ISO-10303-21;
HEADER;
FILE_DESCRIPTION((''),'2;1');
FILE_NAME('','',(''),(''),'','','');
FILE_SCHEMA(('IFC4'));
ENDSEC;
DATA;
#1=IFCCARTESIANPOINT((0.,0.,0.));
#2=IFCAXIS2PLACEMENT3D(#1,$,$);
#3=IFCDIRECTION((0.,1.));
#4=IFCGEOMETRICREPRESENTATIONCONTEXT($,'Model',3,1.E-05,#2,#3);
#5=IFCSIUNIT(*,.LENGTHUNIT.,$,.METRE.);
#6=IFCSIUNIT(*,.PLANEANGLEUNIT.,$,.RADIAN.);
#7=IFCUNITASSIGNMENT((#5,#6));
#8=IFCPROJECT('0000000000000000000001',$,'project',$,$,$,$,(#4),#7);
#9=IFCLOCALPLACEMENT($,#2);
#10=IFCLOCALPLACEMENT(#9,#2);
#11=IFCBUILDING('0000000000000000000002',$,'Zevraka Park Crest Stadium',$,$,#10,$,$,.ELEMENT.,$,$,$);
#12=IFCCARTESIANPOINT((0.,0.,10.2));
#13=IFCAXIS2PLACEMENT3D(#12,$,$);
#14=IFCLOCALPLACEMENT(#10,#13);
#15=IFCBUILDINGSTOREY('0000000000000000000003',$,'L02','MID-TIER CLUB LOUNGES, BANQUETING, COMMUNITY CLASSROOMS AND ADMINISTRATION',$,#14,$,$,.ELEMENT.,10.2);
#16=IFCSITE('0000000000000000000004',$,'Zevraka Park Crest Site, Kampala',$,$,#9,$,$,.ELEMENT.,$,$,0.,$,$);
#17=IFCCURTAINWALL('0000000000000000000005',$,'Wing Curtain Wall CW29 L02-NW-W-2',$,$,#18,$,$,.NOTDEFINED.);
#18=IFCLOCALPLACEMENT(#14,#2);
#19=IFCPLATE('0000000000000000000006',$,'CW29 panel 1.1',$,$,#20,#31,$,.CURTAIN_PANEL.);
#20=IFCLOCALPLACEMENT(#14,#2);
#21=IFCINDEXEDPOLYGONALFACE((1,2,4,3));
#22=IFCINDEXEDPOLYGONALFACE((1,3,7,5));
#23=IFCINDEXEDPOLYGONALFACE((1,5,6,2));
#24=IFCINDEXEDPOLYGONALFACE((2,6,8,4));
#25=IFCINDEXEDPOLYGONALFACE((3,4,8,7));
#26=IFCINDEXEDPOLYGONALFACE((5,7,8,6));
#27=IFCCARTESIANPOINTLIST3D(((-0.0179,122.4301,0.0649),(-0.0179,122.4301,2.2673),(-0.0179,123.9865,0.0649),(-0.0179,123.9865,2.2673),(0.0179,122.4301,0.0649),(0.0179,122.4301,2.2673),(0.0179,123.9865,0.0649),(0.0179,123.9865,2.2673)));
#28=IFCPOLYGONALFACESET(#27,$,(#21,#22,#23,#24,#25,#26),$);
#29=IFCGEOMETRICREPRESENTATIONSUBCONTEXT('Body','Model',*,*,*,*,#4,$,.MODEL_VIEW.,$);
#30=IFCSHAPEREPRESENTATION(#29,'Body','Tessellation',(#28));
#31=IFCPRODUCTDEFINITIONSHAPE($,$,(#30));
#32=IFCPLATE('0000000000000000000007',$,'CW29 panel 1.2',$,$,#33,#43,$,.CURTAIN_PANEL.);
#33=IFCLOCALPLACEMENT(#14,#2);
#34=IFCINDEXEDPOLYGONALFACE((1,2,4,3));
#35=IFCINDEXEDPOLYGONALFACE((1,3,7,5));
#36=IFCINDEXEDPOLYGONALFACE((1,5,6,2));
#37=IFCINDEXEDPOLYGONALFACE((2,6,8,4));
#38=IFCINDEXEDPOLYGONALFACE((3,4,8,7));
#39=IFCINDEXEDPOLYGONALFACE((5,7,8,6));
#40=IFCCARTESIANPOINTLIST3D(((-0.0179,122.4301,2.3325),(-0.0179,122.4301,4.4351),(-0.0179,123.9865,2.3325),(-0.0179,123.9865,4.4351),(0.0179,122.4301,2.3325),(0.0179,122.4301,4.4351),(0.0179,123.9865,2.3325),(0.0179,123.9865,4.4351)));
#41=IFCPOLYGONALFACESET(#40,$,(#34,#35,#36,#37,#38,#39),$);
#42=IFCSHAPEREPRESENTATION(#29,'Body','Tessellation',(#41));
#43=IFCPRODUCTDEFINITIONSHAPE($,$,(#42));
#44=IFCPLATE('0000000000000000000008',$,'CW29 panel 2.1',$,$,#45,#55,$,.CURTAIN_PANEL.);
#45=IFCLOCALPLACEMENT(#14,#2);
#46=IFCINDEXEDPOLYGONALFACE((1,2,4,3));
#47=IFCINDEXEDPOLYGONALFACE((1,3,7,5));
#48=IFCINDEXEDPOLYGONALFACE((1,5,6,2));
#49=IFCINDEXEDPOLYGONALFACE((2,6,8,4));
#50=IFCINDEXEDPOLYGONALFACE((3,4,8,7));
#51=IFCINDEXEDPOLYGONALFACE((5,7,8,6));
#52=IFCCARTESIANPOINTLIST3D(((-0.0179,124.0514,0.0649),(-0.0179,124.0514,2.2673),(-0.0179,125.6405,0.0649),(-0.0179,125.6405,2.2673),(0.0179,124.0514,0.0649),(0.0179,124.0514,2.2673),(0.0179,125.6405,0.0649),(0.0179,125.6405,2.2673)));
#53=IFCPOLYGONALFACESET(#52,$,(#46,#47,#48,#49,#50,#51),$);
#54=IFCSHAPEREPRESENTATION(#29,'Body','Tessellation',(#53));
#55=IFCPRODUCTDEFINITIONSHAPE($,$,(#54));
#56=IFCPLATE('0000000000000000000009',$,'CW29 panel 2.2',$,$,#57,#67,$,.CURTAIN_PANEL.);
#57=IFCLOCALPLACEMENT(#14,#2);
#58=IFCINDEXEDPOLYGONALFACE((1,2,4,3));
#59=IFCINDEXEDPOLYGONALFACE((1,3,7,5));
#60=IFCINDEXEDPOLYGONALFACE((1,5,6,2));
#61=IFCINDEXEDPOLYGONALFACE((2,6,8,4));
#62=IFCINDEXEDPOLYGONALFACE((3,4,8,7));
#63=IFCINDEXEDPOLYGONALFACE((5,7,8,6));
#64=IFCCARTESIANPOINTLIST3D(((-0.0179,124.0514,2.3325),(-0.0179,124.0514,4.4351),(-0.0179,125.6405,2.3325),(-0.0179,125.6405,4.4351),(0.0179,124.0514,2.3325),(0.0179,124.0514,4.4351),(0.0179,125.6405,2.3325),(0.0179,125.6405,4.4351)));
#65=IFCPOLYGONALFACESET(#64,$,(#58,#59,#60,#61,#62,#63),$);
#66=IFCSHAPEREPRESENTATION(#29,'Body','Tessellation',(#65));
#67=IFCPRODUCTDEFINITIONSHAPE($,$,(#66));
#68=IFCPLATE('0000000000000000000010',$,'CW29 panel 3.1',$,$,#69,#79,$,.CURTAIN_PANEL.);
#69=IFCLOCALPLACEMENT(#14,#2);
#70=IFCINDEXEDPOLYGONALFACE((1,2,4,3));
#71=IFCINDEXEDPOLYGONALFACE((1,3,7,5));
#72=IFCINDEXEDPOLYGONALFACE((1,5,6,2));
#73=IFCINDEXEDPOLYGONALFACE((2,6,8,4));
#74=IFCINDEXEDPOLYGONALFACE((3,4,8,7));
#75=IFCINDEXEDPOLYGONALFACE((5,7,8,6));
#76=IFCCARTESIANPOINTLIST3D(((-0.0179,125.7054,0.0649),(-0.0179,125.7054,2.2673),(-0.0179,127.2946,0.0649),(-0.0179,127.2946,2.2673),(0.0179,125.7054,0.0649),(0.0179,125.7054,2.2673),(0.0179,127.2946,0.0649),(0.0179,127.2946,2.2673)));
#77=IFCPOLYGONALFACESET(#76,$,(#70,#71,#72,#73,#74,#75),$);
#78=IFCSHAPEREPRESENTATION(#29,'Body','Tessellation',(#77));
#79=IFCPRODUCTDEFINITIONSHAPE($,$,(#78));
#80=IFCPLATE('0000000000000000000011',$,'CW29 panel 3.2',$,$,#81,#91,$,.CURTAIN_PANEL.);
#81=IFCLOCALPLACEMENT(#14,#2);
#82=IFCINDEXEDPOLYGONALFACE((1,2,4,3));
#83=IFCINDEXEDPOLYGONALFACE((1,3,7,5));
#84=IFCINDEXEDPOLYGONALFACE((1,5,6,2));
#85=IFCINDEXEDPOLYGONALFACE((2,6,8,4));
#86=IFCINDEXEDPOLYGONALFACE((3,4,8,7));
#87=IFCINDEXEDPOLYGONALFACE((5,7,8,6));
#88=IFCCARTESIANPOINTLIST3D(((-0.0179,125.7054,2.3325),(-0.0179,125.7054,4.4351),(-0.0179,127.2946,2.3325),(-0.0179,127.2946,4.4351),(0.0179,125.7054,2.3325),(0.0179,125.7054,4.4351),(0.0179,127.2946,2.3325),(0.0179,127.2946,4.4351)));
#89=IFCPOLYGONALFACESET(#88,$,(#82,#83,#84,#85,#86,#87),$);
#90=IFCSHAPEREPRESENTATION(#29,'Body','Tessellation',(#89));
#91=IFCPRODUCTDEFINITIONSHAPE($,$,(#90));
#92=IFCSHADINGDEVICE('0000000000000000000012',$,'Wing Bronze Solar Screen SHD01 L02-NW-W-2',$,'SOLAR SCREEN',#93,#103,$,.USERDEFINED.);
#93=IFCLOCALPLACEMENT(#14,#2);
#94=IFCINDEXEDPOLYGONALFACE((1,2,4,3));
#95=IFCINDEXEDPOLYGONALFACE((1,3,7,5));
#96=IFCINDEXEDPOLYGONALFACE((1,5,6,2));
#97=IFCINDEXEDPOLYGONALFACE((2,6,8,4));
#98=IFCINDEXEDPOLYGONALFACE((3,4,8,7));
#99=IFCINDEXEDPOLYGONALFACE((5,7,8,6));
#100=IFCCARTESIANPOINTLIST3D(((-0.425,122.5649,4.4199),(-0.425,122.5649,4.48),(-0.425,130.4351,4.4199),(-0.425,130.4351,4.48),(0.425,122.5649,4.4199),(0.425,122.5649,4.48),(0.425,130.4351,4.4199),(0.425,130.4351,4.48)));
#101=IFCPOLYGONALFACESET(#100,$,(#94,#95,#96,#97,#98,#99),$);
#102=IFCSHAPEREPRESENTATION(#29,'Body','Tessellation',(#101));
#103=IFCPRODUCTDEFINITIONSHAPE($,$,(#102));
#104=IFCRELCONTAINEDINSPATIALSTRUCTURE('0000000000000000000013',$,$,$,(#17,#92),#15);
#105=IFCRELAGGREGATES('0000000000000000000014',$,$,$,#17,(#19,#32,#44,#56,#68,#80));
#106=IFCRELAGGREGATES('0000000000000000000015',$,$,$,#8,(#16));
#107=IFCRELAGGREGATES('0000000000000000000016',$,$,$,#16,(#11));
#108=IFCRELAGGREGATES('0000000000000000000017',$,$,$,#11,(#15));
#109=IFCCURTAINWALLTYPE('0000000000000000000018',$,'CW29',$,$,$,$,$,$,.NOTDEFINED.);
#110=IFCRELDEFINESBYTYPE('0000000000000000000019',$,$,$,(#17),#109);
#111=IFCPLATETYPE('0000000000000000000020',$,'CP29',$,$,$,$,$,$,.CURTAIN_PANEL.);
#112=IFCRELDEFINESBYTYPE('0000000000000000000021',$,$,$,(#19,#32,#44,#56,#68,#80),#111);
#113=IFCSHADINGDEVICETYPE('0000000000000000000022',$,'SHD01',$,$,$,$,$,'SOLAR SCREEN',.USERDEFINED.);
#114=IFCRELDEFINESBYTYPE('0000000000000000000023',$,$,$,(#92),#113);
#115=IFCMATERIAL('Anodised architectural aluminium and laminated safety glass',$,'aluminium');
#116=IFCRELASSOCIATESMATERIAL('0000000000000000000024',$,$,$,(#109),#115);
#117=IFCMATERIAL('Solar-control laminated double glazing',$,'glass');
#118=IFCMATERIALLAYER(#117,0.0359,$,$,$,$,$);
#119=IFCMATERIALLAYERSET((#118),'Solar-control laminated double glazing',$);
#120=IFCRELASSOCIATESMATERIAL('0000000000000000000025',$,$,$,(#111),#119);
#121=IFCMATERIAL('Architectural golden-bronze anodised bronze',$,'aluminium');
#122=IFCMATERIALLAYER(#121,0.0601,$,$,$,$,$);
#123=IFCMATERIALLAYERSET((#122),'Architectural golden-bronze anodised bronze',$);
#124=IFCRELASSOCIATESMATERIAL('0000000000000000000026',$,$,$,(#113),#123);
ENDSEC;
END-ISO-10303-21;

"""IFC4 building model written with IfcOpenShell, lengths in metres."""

from ifc_helpers import new_model, si_unit, direction, frame, origin, origin_2d, place, context, subcontext, project, spatial, rectangle, extrude, material, layer, layer_set, type_object, element, aggregate, save


model = new_model("IFC4")

# Units and contexts
model_context = context("Model", 3, precision=1e-05, world=origin(), true_north=direction((0.0, 1.0)))
body_context = subcontext(model_context, "Body", "Model", "MODEL_VIEW")
ifc_project = project(units=[si_unit("LENGTHUNIT", "METRE"), si_unit("PLANEANGLEUNIT", "RADIAN")], contexts=[model_context])

# Site, building, storey
site_placement = place(None, origin())
site = spatial("IfcSite", under=ifc_project, at=site_placement, Name="Zevraka Park Crest Site, Kampala", CompositionType="ELEMENT", RefElevation=0.0)
building_placement = place(site_placement, origin())
building = spatial("IfcBuilding", under=site, at=building_placement, Name="Zevraka Park Crest Stadium", CompositionType="ELEMENT")
storey_placement = place(building_placement, frame((0.0, 0.0, 10.2)))
storey = spatial("IfcBuildingStorey", under=building, at=storey_placement, Name="L02", Description="MID-TIER CLUB LOUNGES, BANQUETING, COMMUNITY CLASSROOMS AND ADMINISTRATION", CompositionType="ELEMENT", Elevation=10.2)

# Curtain wall, plates
ifc_material_1 = material(Name="Anodised architectural aluminium and laminated safety glass", Category="aluminium")
curtain_wall_type = type_object("IfcCurtainWallType", Name="CW29", PredefinedType="NOTDEFINED", material=ifc_material_1)
curtain_wall_placement = place(storey_placement, origin())
curtain_wall = element("IfcCurtainWall", 1, at=curtain_wall_placement, inside=storey, type_object=curtain_wall_type, Name="Wing Curtain Wall CW29 L02-NW-W-2", PredefinedType="NOTDEFINED")
ifc_material_2 = material(Name="Solar-control laminated double glazing", Category="glass")
ifc_layer_1 = layer(ifc_material_2, 0.0359)
ifc_layer_set_1 = layer_set([ifc_layer_1], Name="Solar-control laminated double glazing")
plate_type = type_object("IfcPlateType", Name="CP29", PredefinedType="CURTAIN_PANEL", material=ifc_layer_set_1)
plate_1_placement = place(storey_placement, frame((0.0, 123.2083, 0.0649), z_axis=(0.0, 0.0, 1.0), x_axis=(0.0, 1.0, 0.0)))
plate_1 = element("IfcPlate", 2, at=plate_1_placement, type_object=plate_type, Name="CW29 panel 1.1", PredefinedType="CURTAIN_PANEL", context=body_context, shape_type="SweptSolid", body=[
    extrude(rectangle(XDim=1.5564, YDim=0.0359, at=origin_2d()), origin(), (0.0, 0.0, 1.0), 2.2024),
])
plate_2_placement = place(storey_placement, frame((0.0, 123.2083, 2.3325), z_axis=(0.0, 0.0, 1.0), x_axis=(0.0, 1.0, 0.0)))
plate_2 = element("IfcPlate", 3, at=plate_2_placement, type_object=plate_type, Name="CW29 panel 1.2", PredefinedType="CURTAIN_PANEL", context=body_context, shape_type="SweptSolid", body=[
    extrude(rectangle(XDim=1.5564, YDim=0.0359, at=origin_2d()), origin(), (0.0, 0.0, 1.0), 2.1025),
])
plate_3_placement = place(storey_placement, frame((0.0, 124.8459, 0.0649), z_axis=(0.0, 0.0, 1.0), x_axis=(0.0, 1.0, 0.0)))
plate_3 = element("IfcPlate", 4, at=plate_3_placement, type_object=plate_type, Name="CW29 panel 2.1", PredefinedType="CURTAIN_PANEL", context=body_context, shape_type="SweptSolid", body=[
    extrude(rectangle(XDim=1.5891, YDim=0.0359, at=origin_2d()), origin(), (0.0, 0.0, 1.0), 2.2024),
])
plate_4_placement = place(storey_placement, frame((0.0, 124.8459, 2.3325), z_axis=(0.0, 0.0, 1.0), x_axis=(0.0, 1.0, 0.0)))
plate_4 = element("IfcPlate", 5, at=plate_4_placement, type_object=plate_type, Name="CW29 panel 2.2", PredefinedType="CURTAIN_PANEL", context=body_context, shape_type="SweptSolid", body=[
    extrude(rectangle(XDim=1.5891, YDim=0.0359, at=origin_2d()), origin(), (0.0, 0.0, 1.0), 2.1025),
])
plate_5_placement = place(storey_placement, frame((0.0, 126.5, 0.0649), z_axis=(0.0, 0.0, 1.0), x_axis=(0.0, 1.0, 0.0)))
plate_5 = element("IfcPlate", 6, at=plate_5_placement, type_object=plate_type, Name="CW29 panel 3.1", PredefinedType="CURTAIN_PANEL", context=body_context, shape_type="SweptSolid", body=[
    extrude(rectangle(XDim=1.5891, YDim=0.0359, at=origin_2d()), origin(), (0.0, 0.0, 1.0), 2.2024),
])
plate_6_placement = place(storey_placement, frame((0.0, 126.5, 2.3325), z_axis=(0.0, 0.0, 1.0), x_axis=(0.0, 1.0, 0.0)))
plate_6 = element("IfcPlate", 7, at=plate_6_placement, type_object=plate_type, Name="CW29 panel 3.2", PredefinedType="CURTAIN_PANEL", context=body_context, shape_type="SweptSolid", body=[
    extrude(rectangle(XDim=1.5891, YDim=0.0359, at=origin_2d()), origin(), (0.0, 0.0, 1.0), 2.1025),
])
aggregate(curtain_wall, [plate_1, plate_2, plate_3, plate_4, plate_5, plate_6])

# Shading device
ifc_material_3 = material(Name="Architectural golden-bronze anodised bronze", Category="aluminium")
ifc_layer_2 = layer(ifc_material_3, 0.0601)
ifc_layer_set_2 = layer_set([ifc_layer_2], Name="Architectural golden-bronze anodised bronze")
shading_device_type = type_object("IfcShadingDeviceType", Name="SHD01", ElementType="SOLAR SCREEN", PredefinedType="USERDEFINED", material=ifc_layer_set_2)
shading_device_placement = place(storey_placement, frame((0.0, 126.5, 4.4199), z_axis=(0.0, 0.0, 1.0), x_axis=(0.0, 1.0, 0.0)))
element("IfcShadingDevice", 8, at=shading_device_placement, inside=storey, type_object=shading_device_type, Name="Wing Bronze Solar Screen SHD01 L02-NW-W-2", ObjectType="SOLAR SCREEN", PredefinedType="USERDEFINED", context=body_context, shape_type="SweptSolid", body=[
    extrude(rectangle(XDim=7.8701, YDim=0.8501, at=origin_2d()), origin(), (0.0, 0.0, 1.0), 0.0601),
])

save(model, "model.ifc")
